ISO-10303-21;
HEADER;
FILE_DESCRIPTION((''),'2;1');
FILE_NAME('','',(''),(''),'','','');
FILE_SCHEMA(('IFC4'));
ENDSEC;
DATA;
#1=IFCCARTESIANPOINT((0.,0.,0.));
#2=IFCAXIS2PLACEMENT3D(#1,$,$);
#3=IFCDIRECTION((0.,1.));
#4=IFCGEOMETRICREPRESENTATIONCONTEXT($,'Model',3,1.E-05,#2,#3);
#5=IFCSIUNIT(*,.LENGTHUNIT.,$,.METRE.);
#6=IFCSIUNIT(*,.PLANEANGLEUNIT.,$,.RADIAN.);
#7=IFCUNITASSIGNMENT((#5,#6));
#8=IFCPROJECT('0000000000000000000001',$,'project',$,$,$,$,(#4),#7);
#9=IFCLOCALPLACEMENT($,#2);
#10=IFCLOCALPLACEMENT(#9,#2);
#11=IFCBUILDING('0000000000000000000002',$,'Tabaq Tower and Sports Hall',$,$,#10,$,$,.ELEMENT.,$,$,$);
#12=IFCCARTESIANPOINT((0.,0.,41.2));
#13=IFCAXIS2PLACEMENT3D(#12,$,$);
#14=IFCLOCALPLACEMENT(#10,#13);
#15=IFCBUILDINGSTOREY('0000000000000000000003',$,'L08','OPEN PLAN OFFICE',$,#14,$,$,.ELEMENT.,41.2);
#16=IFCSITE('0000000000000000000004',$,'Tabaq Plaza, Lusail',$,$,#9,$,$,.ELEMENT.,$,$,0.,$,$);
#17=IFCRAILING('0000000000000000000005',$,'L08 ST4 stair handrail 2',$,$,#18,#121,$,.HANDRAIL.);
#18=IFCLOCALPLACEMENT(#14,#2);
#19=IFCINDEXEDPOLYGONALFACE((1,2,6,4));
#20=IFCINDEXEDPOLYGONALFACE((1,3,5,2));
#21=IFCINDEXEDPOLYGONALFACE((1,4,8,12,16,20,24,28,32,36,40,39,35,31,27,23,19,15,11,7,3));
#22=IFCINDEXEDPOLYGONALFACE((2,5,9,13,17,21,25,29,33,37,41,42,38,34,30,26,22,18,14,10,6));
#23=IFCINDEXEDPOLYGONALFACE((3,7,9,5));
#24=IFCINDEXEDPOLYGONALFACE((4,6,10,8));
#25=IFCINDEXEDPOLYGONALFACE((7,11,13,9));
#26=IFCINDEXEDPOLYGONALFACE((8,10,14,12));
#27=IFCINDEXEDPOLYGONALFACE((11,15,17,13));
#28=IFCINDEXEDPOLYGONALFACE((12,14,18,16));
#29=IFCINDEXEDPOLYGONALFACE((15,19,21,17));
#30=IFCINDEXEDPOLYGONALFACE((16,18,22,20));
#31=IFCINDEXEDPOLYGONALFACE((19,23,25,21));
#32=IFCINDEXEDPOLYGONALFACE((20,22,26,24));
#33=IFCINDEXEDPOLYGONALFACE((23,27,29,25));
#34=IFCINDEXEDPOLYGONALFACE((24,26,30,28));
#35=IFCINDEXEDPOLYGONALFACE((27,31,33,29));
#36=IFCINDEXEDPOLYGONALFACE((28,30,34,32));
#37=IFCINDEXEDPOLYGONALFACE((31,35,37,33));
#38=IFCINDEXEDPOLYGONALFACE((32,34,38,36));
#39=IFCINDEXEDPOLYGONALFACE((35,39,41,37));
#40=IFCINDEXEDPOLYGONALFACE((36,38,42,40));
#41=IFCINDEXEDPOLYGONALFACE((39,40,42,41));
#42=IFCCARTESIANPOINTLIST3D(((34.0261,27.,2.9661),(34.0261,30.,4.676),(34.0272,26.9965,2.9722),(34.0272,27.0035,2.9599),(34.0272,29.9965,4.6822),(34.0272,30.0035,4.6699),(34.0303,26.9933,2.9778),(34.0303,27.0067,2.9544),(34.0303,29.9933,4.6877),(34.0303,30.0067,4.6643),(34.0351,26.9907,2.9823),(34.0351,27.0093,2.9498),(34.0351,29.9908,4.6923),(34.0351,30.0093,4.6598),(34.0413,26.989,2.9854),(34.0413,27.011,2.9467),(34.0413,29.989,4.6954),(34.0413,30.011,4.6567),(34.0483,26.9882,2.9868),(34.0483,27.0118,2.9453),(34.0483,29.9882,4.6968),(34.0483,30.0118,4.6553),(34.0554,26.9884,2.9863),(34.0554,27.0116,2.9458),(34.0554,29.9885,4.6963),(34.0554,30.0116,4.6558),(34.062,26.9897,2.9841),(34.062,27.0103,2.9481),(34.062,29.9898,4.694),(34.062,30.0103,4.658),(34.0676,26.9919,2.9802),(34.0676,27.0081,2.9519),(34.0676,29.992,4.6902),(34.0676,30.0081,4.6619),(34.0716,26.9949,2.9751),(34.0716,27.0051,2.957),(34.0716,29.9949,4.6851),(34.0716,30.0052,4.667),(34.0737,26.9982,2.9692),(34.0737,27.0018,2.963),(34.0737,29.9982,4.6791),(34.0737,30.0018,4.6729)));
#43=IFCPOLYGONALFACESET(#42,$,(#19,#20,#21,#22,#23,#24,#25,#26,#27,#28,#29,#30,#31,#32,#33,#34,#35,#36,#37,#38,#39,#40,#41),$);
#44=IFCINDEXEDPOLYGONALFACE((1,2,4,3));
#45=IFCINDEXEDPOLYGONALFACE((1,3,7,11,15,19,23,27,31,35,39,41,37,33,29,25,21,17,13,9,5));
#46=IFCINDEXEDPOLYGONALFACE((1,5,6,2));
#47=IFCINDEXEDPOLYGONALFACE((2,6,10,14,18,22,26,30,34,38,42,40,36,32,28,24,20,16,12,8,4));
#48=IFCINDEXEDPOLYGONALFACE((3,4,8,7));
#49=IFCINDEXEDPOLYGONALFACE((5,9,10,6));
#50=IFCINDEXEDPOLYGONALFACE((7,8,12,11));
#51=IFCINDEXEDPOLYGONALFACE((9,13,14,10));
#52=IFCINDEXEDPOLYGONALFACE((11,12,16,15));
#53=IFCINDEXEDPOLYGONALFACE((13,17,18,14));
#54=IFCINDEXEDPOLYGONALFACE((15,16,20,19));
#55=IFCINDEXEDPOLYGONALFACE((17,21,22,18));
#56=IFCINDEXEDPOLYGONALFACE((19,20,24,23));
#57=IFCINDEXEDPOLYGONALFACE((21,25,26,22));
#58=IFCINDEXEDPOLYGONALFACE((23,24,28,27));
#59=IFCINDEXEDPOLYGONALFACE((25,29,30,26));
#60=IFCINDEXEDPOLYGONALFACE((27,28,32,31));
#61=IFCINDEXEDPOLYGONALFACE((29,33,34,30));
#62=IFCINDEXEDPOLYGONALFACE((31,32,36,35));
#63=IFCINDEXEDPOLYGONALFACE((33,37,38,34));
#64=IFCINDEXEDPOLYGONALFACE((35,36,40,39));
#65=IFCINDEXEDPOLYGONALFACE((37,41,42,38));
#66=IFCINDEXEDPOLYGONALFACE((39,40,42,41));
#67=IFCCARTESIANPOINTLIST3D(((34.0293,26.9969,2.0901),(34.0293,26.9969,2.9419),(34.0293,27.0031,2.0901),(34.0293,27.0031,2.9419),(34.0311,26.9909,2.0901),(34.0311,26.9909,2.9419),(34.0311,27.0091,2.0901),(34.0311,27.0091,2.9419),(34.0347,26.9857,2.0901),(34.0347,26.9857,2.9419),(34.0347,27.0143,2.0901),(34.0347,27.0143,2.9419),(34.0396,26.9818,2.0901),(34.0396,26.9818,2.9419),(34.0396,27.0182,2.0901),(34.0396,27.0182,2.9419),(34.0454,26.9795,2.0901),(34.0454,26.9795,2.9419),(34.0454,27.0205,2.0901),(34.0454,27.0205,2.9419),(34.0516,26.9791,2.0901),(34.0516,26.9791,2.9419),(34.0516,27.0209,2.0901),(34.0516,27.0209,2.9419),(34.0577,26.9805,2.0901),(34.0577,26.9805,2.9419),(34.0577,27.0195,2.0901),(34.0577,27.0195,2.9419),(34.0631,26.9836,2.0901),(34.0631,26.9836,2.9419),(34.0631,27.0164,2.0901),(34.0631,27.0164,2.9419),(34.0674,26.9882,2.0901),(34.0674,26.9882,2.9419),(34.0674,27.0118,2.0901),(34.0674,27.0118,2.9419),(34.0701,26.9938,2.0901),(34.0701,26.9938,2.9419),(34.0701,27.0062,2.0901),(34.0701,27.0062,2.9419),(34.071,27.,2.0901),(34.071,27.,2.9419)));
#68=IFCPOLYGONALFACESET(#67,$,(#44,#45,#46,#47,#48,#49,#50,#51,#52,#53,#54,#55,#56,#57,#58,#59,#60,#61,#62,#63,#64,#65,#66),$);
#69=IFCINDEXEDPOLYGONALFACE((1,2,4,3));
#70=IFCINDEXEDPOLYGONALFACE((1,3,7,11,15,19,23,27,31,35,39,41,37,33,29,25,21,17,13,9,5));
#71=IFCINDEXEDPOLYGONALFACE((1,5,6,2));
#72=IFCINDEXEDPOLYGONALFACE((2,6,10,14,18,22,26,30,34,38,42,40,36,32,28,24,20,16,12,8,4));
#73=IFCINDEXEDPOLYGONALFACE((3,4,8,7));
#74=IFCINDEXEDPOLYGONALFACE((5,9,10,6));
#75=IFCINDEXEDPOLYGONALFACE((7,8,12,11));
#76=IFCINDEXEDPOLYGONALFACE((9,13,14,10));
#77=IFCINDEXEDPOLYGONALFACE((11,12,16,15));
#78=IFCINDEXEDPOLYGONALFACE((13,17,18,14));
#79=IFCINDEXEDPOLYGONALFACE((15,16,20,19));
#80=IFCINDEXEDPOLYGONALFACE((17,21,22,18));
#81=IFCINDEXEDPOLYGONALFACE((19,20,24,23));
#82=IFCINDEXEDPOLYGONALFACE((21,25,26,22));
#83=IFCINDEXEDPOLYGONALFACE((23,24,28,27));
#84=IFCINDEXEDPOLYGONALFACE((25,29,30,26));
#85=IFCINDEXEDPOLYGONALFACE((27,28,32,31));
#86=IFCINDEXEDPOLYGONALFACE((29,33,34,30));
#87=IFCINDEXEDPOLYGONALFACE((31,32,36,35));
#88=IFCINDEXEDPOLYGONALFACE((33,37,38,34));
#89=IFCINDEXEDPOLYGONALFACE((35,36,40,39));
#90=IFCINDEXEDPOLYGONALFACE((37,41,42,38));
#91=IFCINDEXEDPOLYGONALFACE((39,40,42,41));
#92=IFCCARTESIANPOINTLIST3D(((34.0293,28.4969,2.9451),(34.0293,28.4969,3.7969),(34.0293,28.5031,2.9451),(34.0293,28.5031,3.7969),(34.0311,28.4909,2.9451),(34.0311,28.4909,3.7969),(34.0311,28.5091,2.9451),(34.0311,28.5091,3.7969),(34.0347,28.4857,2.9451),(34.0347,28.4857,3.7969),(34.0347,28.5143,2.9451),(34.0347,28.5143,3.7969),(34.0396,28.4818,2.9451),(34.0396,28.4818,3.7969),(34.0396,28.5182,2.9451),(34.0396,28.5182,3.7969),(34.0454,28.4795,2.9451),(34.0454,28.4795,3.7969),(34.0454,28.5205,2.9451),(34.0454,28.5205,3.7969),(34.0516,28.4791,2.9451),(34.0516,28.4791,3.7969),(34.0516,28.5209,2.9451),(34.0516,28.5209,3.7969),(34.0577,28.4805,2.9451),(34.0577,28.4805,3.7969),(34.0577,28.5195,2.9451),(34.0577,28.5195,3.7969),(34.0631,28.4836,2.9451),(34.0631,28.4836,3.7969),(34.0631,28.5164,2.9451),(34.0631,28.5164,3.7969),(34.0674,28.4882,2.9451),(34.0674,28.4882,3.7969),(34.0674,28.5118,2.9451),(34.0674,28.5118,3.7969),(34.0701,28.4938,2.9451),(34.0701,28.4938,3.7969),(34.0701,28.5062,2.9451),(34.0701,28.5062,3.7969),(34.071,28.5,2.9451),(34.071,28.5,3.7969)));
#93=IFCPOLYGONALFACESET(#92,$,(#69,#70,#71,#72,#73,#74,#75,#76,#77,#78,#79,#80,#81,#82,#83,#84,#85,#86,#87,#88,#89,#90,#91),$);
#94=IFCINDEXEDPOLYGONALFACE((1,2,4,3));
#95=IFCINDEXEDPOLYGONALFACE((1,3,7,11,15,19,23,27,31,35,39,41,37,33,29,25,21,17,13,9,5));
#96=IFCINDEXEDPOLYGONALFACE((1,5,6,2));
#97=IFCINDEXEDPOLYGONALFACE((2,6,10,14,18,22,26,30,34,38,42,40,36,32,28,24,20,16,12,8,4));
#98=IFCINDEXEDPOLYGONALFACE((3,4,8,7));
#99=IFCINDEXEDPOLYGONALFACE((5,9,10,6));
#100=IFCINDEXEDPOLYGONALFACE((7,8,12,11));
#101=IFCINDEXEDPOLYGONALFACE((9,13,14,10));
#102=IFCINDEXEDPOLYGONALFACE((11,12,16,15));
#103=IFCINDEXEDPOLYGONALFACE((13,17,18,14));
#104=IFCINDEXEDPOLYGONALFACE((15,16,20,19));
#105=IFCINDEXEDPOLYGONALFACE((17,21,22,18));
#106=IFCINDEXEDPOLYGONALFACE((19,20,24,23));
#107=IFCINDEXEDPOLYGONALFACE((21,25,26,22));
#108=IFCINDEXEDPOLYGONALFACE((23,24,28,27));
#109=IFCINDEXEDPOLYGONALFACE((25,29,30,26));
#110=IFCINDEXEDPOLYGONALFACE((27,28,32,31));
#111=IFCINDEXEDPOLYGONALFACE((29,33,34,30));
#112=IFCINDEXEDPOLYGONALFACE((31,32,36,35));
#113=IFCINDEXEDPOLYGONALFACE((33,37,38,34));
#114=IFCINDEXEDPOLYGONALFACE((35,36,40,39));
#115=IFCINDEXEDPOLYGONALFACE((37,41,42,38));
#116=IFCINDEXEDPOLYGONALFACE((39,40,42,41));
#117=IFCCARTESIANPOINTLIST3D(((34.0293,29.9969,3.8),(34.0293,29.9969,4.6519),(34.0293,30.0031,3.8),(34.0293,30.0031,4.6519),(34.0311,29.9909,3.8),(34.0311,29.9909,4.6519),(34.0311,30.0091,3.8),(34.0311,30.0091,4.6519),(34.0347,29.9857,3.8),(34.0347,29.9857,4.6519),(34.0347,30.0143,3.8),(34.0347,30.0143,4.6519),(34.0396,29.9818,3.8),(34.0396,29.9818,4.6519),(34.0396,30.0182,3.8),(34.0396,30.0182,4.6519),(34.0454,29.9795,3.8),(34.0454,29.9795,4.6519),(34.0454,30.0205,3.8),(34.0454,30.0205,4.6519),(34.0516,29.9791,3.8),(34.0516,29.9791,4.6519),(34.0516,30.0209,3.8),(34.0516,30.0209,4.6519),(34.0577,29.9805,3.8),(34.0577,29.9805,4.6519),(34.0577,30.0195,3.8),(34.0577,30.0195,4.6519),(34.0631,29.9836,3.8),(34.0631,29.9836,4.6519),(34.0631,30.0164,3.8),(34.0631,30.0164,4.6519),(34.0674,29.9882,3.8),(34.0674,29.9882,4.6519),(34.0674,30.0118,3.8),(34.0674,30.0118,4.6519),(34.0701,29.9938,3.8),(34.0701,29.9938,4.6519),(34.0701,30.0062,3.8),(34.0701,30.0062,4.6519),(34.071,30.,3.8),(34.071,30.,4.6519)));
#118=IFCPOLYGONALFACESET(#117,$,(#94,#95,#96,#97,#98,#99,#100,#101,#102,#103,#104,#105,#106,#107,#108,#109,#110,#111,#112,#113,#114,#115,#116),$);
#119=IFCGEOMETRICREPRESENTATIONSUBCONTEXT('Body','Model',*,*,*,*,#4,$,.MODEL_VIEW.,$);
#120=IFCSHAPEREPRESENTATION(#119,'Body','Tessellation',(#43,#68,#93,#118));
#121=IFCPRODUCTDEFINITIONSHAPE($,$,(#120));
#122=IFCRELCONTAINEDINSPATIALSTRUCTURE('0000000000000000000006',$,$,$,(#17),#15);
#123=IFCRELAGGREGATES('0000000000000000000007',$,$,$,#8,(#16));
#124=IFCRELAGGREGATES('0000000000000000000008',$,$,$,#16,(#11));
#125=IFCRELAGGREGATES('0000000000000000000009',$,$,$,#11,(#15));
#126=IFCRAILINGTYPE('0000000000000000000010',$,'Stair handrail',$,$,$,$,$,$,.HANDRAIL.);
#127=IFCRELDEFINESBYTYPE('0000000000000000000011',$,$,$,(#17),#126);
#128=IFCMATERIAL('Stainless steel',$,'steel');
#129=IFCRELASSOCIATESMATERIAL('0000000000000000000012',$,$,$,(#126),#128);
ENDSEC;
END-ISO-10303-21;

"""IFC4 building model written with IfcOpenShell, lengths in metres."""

from ifc_helpers import new_model, si_unit, direction, frame, origin, origin_2d, place, context, subcontext, project, spatial, circle, extrude, material, type_object, element, save


model = new_model("IFC4")

# Units and contexts
model_context = context("Model", 3, precision=1e-05, world=origin(), true_north=direction((0.0, 1.0)))
body_context = subcontext(model_context, "Body", "Model", "MODEL_VIEW")
ifc_project = project(units=[si_unit("LENGTHUNIT", "METRE"), si_unit("PLANEANGLEUNIT", "RADIAN")], contexts=[model_context])

# Site, building, storey
site_placement = place(None, origin())
site = spatial("IfcSite", under=ifc_project, at=site_placement, Name="Tabaq Plaza, Lusail", CompositionType="ELEMENT", RefElevation=0.0)
building_placement = place(site_placement, origin())
building = spatial("IfcBuilding", under=site, at=building_placement, Name="Tabaq Tower and Sports Hall", CompositionType="ELEMENT")
storey_placement = place(building_placement, frame((0.0, 0.0, 41.2)))
storey = spatial("IfcBuildingStorey", under=building, at=storey_placement, Name="L08", Description="OPEN PLAN OFFICE", CompositionType="ELEMENT", Elevation=41.2)

# Railing
ifc_material_1 = material(Name="Stainless steel", Category="steel")
railing_type_1 = type_object("IfcRailingType", Name="Stair handrail", PredefinedType="HANDRAIL", material=ifc_material_1)
railing_1_placement = place(storey_placement, frame((34.05, 27.0, 2.0901)))
element("IfcRailing", 1, at=railing_1_placement, inside=storey, type_object=railing_type_1, Name="L08 ST4 stair handrail 2", PredefinedType="HANDRAIL", context=body_context, shape_type="SweptSolid", body=[
    extrude(circle(Radius=0.0239, at=origin_2d()), frame((0.0, 0.0, 0.876), z_axis=(0.0, 0.868782, 0.495195), x_axis=(-1.0, 0.0, 0.0)), (0.0, 0.0, 1.0), 3.4531),
    extrude(circle(Radius=0.021, at=origin_2d()), origin(), (0.0, 0.0, 1.0), 0.8518),
    extrude(circle(Radius=0.021, at=origin_2d()), frame((0.0, 1.5, 0.855)), (0.0, 0.0, 1.0), 0.8518),
    extrude(circle(Radius=0.021, at=origin_2d()), frame((0.0, 3.0, 1.71)), (0.0, 0.0, 1.0), 0.8518),
])

save(model, "model.ifc")
